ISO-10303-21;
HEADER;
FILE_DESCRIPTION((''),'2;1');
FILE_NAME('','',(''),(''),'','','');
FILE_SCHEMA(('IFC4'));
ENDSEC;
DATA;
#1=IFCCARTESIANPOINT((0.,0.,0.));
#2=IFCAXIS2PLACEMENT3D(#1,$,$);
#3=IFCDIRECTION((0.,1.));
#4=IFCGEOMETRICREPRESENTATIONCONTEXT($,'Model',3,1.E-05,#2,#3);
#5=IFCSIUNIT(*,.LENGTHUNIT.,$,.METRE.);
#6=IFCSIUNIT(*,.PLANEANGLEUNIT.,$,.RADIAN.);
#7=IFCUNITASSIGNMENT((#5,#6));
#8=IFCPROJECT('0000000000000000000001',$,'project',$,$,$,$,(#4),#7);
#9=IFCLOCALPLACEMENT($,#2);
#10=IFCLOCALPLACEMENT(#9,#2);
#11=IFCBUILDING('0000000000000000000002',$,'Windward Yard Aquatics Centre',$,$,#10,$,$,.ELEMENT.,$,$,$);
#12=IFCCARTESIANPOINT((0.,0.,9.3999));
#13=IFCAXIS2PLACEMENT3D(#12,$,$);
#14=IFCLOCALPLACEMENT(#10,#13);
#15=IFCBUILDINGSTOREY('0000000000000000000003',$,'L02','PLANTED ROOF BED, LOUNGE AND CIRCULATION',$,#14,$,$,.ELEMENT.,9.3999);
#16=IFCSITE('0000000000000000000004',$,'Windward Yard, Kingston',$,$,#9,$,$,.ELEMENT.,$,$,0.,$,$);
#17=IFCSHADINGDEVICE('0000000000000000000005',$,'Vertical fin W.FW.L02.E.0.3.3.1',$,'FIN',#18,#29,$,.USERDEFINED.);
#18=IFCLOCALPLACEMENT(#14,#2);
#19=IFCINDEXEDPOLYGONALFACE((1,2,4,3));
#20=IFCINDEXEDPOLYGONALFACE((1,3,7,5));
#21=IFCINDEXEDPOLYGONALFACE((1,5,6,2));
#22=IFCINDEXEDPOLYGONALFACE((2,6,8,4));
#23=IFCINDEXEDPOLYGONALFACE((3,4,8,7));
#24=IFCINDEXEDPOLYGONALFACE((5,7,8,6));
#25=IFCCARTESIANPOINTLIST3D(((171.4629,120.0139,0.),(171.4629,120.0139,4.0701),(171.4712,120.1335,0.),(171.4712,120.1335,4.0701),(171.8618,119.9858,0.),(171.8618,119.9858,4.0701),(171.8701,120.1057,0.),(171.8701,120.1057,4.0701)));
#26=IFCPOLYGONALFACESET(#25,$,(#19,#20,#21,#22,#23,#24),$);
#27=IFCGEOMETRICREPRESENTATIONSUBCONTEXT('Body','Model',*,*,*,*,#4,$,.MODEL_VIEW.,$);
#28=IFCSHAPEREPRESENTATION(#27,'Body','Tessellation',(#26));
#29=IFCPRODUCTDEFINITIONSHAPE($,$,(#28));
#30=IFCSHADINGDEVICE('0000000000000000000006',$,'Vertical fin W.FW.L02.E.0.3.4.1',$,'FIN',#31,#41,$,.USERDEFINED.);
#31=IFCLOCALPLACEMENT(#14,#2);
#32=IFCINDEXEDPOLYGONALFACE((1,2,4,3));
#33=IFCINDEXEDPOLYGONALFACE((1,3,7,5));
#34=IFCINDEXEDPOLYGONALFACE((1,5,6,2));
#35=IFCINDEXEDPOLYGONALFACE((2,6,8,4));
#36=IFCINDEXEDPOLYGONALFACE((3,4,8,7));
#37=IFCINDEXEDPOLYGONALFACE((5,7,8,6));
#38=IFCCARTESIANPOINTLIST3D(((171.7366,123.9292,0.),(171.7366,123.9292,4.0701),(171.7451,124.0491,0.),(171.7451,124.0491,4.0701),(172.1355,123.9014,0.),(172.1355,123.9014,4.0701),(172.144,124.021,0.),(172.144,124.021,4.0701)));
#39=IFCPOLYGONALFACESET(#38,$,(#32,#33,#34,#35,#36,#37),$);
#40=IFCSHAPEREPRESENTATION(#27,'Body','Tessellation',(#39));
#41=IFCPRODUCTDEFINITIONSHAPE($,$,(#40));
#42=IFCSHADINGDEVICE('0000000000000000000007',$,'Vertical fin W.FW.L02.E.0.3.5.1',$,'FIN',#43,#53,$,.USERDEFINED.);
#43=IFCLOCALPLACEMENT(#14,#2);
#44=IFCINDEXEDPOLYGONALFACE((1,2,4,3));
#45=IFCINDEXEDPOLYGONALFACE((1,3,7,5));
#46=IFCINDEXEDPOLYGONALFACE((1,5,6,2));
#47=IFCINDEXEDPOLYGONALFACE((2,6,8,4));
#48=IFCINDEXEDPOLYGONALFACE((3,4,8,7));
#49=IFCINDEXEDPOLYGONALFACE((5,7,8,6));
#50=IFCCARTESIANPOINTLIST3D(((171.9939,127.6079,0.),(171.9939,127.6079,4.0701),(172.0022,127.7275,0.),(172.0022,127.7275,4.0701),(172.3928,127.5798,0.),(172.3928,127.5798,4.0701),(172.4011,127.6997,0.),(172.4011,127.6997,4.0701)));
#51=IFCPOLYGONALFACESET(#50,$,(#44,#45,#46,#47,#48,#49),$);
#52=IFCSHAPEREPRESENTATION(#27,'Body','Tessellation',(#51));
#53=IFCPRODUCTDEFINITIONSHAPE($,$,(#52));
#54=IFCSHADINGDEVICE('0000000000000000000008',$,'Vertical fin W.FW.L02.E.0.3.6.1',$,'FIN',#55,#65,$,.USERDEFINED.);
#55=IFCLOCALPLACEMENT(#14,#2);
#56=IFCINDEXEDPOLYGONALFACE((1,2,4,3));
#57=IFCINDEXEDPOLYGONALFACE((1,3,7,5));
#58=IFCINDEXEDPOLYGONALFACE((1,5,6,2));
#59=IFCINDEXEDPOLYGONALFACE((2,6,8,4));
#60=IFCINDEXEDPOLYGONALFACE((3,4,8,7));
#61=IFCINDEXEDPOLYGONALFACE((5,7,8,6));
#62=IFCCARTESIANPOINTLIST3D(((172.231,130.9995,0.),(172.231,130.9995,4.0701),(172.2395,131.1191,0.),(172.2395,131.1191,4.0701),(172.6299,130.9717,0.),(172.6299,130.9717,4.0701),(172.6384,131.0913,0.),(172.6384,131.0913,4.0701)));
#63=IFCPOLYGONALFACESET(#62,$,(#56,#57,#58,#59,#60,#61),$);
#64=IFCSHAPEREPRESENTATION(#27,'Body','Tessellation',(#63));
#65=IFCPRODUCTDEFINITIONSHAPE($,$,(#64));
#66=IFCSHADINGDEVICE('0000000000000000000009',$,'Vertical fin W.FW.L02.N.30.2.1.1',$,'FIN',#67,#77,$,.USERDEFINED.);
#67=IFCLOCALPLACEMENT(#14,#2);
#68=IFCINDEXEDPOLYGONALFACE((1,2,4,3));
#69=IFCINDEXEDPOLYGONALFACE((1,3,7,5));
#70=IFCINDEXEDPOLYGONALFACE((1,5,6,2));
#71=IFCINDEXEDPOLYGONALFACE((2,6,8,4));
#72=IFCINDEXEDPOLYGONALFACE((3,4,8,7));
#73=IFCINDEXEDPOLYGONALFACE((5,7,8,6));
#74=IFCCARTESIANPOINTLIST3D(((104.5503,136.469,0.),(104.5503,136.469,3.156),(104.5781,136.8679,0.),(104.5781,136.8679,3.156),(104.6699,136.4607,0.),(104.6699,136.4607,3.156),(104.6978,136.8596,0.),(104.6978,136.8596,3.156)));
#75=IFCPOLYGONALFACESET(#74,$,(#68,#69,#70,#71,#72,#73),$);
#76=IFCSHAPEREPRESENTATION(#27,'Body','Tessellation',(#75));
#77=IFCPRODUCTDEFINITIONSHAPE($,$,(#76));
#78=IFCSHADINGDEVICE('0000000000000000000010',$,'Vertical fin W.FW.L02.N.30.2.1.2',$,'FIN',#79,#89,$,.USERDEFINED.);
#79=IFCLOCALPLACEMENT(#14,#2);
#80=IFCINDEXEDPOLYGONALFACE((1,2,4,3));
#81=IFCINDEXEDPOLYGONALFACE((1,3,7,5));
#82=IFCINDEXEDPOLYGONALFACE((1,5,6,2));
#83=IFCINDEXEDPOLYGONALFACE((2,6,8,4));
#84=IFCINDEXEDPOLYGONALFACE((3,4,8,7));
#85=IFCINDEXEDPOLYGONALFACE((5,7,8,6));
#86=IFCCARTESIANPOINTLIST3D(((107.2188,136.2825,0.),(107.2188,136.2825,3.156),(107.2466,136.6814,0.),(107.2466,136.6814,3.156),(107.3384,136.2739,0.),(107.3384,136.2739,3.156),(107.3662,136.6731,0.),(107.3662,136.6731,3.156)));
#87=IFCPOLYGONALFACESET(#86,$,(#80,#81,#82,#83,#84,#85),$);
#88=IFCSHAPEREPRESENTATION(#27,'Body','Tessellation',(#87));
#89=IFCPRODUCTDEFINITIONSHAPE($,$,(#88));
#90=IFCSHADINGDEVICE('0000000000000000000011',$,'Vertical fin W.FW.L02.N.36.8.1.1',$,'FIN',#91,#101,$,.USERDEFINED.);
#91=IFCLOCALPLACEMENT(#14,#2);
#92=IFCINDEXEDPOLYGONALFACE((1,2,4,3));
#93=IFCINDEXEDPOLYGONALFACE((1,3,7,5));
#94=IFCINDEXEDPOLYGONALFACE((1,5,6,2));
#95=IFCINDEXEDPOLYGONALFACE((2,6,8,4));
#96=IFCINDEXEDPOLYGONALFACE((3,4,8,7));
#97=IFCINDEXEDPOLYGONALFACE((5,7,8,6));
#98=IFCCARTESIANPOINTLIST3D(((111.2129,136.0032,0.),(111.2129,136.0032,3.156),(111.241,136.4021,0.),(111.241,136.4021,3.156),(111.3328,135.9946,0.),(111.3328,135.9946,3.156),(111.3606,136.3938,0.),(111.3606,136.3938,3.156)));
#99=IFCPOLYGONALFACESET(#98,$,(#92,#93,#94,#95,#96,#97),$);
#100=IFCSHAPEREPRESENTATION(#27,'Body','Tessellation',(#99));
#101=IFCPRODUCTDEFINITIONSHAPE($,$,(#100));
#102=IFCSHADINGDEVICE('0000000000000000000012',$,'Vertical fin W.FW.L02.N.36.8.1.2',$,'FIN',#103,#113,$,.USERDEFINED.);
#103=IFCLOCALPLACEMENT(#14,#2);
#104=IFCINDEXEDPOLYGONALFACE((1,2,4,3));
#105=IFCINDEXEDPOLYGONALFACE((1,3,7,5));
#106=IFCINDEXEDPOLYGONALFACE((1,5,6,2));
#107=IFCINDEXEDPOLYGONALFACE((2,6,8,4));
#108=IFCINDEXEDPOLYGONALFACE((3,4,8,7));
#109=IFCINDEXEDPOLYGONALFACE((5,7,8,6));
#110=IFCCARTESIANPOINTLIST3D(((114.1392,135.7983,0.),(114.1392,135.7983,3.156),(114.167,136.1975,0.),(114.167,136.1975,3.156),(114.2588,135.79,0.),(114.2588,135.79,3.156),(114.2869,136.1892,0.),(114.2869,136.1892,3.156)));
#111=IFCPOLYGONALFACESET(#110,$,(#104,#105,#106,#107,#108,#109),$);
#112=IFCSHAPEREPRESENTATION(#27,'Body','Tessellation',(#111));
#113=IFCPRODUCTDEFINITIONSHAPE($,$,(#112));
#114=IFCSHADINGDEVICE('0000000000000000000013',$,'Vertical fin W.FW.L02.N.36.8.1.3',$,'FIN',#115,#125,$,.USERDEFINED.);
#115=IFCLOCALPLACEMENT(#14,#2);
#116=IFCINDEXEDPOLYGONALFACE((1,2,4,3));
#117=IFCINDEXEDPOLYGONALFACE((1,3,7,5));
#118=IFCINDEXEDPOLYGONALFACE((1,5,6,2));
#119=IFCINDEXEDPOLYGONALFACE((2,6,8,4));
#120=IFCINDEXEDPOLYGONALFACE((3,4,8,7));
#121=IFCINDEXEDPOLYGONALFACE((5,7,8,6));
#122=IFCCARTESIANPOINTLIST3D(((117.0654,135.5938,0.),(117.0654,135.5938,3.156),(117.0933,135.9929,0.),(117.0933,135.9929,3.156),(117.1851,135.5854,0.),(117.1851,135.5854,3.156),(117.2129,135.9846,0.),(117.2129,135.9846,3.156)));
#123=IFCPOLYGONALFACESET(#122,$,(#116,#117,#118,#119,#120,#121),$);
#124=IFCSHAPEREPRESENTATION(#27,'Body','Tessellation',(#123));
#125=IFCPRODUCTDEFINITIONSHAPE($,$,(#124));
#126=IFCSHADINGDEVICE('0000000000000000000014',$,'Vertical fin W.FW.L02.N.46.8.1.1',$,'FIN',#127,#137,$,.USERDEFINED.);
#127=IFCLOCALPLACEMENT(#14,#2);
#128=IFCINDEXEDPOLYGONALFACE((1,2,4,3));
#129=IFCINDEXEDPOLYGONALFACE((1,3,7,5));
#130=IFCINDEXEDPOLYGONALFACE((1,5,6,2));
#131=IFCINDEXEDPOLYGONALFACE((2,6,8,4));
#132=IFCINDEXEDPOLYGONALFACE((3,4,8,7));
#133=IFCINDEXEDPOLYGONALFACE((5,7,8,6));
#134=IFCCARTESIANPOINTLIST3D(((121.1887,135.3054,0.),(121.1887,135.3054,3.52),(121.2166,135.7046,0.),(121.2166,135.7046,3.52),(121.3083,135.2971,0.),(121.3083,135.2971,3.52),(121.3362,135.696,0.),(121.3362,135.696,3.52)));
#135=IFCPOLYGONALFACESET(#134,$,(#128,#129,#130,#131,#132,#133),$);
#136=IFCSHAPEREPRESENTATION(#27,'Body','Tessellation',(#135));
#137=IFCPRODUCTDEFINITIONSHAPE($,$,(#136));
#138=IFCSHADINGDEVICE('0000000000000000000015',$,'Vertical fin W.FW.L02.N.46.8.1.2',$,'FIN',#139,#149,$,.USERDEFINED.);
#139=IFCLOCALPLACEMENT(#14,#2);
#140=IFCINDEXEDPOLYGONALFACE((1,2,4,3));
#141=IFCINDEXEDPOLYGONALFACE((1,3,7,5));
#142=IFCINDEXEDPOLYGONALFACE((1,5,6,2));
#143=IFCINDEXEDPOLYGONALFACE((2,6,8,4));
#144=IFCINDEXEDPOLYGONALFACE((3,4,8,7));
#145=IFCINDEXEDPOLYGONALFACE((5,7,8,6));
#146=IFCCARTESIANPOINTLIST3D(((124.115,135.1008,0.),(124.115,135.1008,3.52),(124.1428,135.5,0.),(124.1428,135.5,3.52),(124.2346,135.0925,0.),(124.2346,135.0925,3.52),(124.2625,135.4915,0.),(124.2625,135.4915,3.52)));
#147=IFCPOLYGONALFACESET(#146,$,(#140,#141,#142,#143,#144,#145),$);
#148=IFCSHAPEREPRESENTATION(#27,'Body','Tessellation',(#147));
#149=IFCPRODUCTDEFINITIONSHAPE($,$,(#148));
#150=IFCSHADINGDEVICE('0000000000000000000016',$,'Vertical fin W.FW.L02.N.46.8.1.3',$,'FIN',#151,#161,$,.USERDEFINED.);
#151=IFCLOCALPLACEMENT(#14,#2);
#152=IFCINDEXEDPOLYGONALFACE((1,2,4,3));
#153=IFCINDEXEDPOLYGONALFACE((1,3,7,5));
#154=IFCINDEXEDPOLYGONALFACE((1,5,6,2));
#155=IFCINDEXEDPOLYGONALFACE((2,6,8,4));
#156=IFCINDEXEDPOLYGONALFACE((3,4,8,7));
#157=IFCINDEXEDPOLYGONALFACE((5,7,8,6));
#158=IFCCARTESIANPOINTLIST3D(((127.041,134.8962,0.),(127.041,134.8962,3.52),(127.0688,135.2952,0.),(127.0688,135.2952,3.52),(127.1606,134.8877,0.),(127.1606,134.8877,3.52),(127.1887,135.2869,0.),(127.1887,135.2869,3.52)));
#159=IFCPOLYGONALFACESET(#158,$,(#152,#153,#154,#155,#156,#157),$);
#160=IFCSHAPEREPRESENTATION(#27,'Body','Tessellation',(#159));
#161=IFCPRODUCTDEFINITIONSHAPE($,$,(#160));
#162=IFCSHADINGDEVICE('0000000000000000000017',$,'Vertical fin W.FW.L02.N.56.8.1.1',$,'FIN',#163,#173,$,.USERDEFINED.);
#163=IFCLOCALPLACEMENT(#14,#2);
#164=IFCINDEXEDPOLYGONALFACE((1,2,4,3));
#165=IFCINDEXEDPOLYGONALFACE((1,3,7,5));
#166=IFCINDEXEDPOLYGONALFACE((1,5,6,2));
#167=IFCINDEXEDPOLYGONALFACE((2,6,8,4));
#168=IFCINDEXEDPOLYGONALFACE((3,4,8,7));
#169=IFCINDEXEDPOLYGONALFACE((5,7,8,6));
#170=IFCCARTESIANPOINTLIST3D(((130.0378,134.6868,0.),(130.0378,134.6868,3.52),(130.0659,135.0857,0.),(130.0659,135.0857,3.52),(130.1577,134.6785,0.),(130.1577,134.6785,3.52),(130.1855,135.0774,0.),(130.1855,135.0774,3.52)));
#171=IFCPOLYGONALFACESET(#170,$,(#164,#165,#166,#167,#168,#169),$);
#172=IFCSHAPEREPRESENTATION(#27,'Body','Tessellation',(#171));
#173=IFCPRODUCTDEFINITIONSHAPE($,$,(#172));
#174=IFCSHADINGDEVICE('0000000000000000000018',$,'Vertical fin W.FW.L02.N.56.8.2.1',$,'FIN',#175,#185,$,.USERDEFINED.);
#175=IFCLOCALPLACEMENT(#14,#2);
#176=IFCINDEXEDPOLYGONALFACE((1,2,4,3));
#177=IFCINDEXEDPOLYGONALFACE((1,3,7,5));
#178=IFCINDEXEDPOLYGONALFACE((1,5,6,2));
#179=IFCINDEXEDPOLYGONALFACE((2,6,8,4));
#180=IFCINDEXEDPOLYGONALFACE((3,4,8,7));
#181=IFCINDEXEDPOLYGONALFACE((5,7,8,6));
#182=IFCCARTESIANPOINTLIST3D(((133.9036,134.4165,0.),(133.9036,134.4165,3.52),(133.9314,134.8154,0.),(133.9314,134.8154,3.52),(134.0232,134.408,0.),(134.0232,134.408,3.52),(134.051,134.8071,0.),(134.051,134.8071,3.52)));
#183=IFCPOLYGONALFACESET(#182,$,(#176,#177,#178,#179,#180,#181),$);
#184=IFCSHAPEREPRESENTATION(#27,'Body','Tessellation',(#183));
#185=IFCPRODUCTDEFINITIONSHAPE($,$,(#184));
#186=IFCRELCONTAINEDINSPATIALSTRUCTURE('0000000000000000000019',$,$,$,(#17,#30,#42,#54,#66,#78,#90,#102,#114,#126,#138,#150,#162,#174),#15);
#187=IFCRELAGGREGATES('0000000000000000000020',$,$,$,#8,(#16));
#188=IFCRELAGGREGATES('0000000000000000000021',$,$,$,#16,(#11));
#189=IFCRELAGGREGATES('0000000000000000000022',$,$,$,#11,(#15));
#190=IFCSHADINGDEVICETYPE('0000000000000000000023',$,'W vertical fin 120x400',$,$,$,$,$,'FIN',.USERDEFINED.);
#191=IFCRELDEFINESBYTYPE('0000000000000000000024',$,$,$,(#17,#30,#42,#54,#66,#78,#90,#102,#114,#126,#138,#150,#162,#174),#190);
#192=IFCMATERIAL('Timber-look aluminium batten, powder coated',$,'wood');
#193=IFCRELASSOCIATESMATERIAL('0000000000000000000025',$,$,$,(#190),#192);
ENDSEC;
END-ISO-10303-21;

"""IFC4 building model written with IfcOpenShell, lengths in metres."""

from ifc_helpers import new_model, si_unit, direction, frame, origin, place, context, subcontext, project, spatial, polyline, outline, extrude, material, type_object, element, save


model = new_model("IFC4")

# Units and contexts
model_context = context("Model", 3, precision=1e-05, world=origin(), true_north=direction((0.0, 1.0)))
body_context = subcontext(model_context, "Body", "Model", "MODEL_VIEW")
ifc_project = project(units=[si_unit("LENGTHUNIT", "METRE"), si_unit("PLANEANGLEUNIT", "RADIAN")], contexts=[model_context])

# Site, building, storey
site_placement = place(None, origin())
site = spatial("IfcSite", under=ifc_project, at=site_placement, Name="Windward Yard, Kingston", CompositionType="ELEMENT", RefElevation=0.0)
building_placement = place(site_placement, origin())
building = spatial("IfcBuilding", under=site, at=building_placement, Name="Windward Yard Aquatics Centre", CompositionType="ELEMENT")
storey_placement = place(building_placement, frame((0.0, 0.0, 9.3999)))
storey = spatial("IfcBuildingStorey", under=building, at=storey_placement, Name="L02", Description="PLANTED ROOF BED, LOUNGE AND CIRCULATION", CompositionType="ELEMENT", Elevation=9.3999)

# Shading devices
ifc_material_1 = material(Name="Timber-look aluminium batten, powder coated", Category="wood")
shading_device_type_1 = type_object("IfcShadingDeviceType", Name="W vertical fin 120x400", ElementType="FIN", PredefinedType="USERDEFINED", material=ifc_material_1)
shading_device_1_placement = place(storey_placement, origin())
element("IfcShadingDevice", 1, at=shading_device_1_placement, inside=storey, type_object=shading_device_type_1, Name="Vertical fin W.FW.L02.E.0.3.3.1", ObjectType="FIN", PredefinedType="USERDEFINED", context=body_context, shape_type="SweptSolid", body=[
    extrude(outline(polyline([(171.4629, 120.0139), (171.4712, 120.1335), (171.8701, 120.1057), (171.8618, 119.9858), (171.4629, 120.0139)])), origin(), (0.0, 0.0, 1.0), 4.0701),
])
shading_device_2_placement = place(storey_placement, origin())
element("IfcShadingDevice", 2, at=shading_device_2_placement, inside=storey, type_object=shading_device_type_1, Name="Vertical fin W.FW.L02.E.0.3.4.1", ObjectType="FIN", PredefinedType="USERDEFINED", context=body_context, shape_type="SweptSolid", body=[
    extrude(outline(polyline([(171.7366, 123.9292), (171.7451, 124.0491), (172.144, 124.021), (172.1355, 123.9014), (171.7366, 123.9292)])), origin(), (0.0, 0.0, 1.0), 4.0701),
])
shading_device_3_placement = place(storey_placement, origin())
element("IfcShadingDevice", 3, at=shading_device_3_placement, inside=storey, type_object=shading_device_type_1, Name="Vertical fin W.FW.L02.E.0.3.5.1", ObjectType="FIN", PredefinedType="USERDEFINED", context=body_context, shape_type="SweptSolid", body=[
    extrude(outline(polyline([(171.9939, 127.6079), (172.0022, 127.7275), (172.4011, 127.6997), (172.3928, 127.5798), (171.9939, 127.6079)])), origin(), (0.0, 0.0, 1.0), 4.0701),
])
shading_device_4_placement = place(storey_placement, origin())
element("IfcShadingDevice", 4, at=shading_device_4_placement, inside=storey, type_object=shading_device_type_1, Name="Vertical fin W.FW.L02.E.0.3.6.1", ObjectType="FIN", PredefinedType="USERDEFINED", context=body_context, shape_type="SweptSolid", body=[
    extrude(outline(polyline([(172.231, 130.9995), (172.2395, 131.1191), (172.6384, 131.0913), (172.6299, 130.9717), (172.231, 130.9995)])), origin(), (0.0, 0.0, 1.0), 4.0701),
])
shading_device_5_placement = place(storey_placement, origin())
element("IfcShadingDevice", 5, at=shading_device_5_placement, inside=storey, type_object=shading_device_type_1, Name="Vertical fin W.FW.L02.N.30.2.1.1", ObjectType="FIN", PredefinedType="USERDEFINED", context=body_context, shape_type="SweptSolid", body=[
    extrude(outline(polyline([(104.5503, 136.469), (104.6699, 136.4607), (104.6978, 136.8596), (104.5781, 136.8679), (104.5503, 136.469)])), origin(), (0.0, 0.0, 1.0), 3.156),
])
shading_device_6_placement = place(storey_placement, origin())
element("IfcShadingDevice", 6, at=shading_device_6_placement, inside=storey, type_object=shading_device_type_1, Name="Vertical fin W.FW.L02.N.30.2.1.2", ObjectType="FIN", PredefinedType="USERDEFINED", context=body_context, shape_type="SweptSolid", body=[
    extrude(outline(polyline([(107.2188, 136.2825), (107.3384, 136.2739), (107.3662, 136.6731), (107.2466, 136.6814), (107.2188, 136.2825)])), origin(), (0.0, 0.0, 1.0), 3.156),
])
shading_device_7_placement = place(storey_placement, origin())
element("IfcShadingDevice", 7, at=shading_device_7_placement, inside=storey, type_object=shading_device_type_1, Name="Vertical fin W.FW.L02.N.36.8.1.1", ObjectType="FIN", PredefinedType="USERDEFINED", context=body_context, shape_type="SweptSolid", body=[
    extrude(outline(polyline([(111.2129, 136.0032), (111.3328, 135.9946), (111.3606, 136.3938), (111.241, 136.4021), (111.2129, 136.0032)])), origin(), (0.0, 0.0, 1.0), 3.156),
])
shading_device_8_placement = place(storey_placement, origin())
element("IfcShadingDevice", 8, at=shading_device_8_placement, inside=storey, type_object=shading_device_type_1, Name="Vertical fin W.FW.L02.N.36.8.1.2", ObjectType="FIN", PredefinedType="USERDEFINED", context=body_context, shape_type="SweptSolid", body=[
    extrude(outline(polyline([(114.1392, 135.7983), (114.2588, 135.79), (114.2869, 136.1892), (114.167, 136.1975), (114.1392, 135.7983)])), origin(), (0.0, 0.0, 1.0), 3.156),
])
shading_device_9_placement = place(storey_placement, origin())
element("IfcShadingDevice", 9, at=shading_device_9_placement, inside=storey, type_object=shading_device_type_1, Name="Vertical fin W.FW.L02.N.36.8.1.3", ObjectType="FIN", PredefinedType="USERDEFINED", context=body_context, shape_type="SweptSolid", body=[
    extrude(outline(polyline([(117.0654, 135.5938), (117.1851, 135.5854), (117.2129, 135.9846), (117.0933, 135.9929), (117.0654, 135.5938)])), origin(), (0.0, 0.0, 1.0), 3.156),
])
shading_device_10_placement = place(storey_placement, origin())
element("IfcShadingDevice", 10, at=shading_device_10_placement, inside=storey, type_object=shading_device_type_1, Name="Vertical fin W.FW.L02.N.46.8.1.1", ObjectType="FIN", PredefinedType="USERDEFINED", context=body_context, shape_type="SweptSolid", body=[
    extrude(outline(polyline([(121.1887, 135.3054), (121.3083, 135.2971), (121.3362, 135.696), (121.2166, 135.7046), (121.1887, 135.3054)])), origin(), (0.0, 0.0, 1.0), 3.52),
])
shading_device_11_placement = place(storey_placement, origin())
element("IfcShadingDevice", 11, at=shading_device_11_placement, inside=storey, type_object=shading_device_type_1, Name="Vertical fin W.FW.L02.N.46.8.1.2", ObjectType="FIN", PredefinedType="USERDEFINED", context=body_context, shape_type="SweptSolid", body=[
    extrude(outline(polyline([(124.115, 135.1008), (124.2346, 135.0925), (124.2625, 135.4915), (124.1428, 135.5), (124.115, 135.1008)])), origin(), (0.0, 0.0, 1.0), 3.52),
])
shading_device_12_placement = place(storey_placement, origin())
element("IfcShadingDevice", 12, at=shading_device_12_placement, inside=storey, type_object=shading_device_type_1, Name="Vertical fin W.FW.L02.N.46.8.1.3", ObjectType="FIN", PredefinedType="USERDEFINED", context=body_context, shape_type="SweptSolid", body=[
    extrude(outline(polyline([(127.041, 134.8962), (127.1606, 134.8877), (127.1887, 135.2869), (127.0688, 135.2952), (127.041, 134.8962)])), origin(), (0.0, 0.0, 1.0), 3.52),
])
shading_device_13_placement = place(storey_placement, origin())
element("IfcShadingDevice", 13, at=shading_device_13_placement, inside=storey, type_object=shading_device_type_1, Name="Vertical fin W.FW.L02.N.56.8.1.1", ObjectType="FIN", PredefinedType="USERDEFINED", context=body_context, shape_type="SweptSolid", body=[
    extrude(outline(polyline([(130.0378, 134.6868), (130.1577, 134.6785), (130.1855, 135.0774), (130.0659, 135.0857), (130.0378, 134.6868)])), origin(), (0.0, 0.0, 1.0), 3.52),
])
shading_device_14_placement = place(storey_placement, origin())
element("IfcShadingDevice", 14, at=shading_device_14_placement, inside=storey, type_object=shading_device_type_1, Name="Vertical fin W.FW.L02.N.56.8.2.1", ObjectType="FIN", PredefinedType="USERDEFINED", context=body_context, shape_type="SweptSolid", body=[
    extrude(outline(polyline([(133.9036, 134.4165), (134.0232, 134.408), (134.051, 134.8071), (133.9314, 134.8154), (133.9036, 134.4165)])), origin(), (0.0, 0.0, 1.0), 3.52),
])

save(model, "model.ifc")
